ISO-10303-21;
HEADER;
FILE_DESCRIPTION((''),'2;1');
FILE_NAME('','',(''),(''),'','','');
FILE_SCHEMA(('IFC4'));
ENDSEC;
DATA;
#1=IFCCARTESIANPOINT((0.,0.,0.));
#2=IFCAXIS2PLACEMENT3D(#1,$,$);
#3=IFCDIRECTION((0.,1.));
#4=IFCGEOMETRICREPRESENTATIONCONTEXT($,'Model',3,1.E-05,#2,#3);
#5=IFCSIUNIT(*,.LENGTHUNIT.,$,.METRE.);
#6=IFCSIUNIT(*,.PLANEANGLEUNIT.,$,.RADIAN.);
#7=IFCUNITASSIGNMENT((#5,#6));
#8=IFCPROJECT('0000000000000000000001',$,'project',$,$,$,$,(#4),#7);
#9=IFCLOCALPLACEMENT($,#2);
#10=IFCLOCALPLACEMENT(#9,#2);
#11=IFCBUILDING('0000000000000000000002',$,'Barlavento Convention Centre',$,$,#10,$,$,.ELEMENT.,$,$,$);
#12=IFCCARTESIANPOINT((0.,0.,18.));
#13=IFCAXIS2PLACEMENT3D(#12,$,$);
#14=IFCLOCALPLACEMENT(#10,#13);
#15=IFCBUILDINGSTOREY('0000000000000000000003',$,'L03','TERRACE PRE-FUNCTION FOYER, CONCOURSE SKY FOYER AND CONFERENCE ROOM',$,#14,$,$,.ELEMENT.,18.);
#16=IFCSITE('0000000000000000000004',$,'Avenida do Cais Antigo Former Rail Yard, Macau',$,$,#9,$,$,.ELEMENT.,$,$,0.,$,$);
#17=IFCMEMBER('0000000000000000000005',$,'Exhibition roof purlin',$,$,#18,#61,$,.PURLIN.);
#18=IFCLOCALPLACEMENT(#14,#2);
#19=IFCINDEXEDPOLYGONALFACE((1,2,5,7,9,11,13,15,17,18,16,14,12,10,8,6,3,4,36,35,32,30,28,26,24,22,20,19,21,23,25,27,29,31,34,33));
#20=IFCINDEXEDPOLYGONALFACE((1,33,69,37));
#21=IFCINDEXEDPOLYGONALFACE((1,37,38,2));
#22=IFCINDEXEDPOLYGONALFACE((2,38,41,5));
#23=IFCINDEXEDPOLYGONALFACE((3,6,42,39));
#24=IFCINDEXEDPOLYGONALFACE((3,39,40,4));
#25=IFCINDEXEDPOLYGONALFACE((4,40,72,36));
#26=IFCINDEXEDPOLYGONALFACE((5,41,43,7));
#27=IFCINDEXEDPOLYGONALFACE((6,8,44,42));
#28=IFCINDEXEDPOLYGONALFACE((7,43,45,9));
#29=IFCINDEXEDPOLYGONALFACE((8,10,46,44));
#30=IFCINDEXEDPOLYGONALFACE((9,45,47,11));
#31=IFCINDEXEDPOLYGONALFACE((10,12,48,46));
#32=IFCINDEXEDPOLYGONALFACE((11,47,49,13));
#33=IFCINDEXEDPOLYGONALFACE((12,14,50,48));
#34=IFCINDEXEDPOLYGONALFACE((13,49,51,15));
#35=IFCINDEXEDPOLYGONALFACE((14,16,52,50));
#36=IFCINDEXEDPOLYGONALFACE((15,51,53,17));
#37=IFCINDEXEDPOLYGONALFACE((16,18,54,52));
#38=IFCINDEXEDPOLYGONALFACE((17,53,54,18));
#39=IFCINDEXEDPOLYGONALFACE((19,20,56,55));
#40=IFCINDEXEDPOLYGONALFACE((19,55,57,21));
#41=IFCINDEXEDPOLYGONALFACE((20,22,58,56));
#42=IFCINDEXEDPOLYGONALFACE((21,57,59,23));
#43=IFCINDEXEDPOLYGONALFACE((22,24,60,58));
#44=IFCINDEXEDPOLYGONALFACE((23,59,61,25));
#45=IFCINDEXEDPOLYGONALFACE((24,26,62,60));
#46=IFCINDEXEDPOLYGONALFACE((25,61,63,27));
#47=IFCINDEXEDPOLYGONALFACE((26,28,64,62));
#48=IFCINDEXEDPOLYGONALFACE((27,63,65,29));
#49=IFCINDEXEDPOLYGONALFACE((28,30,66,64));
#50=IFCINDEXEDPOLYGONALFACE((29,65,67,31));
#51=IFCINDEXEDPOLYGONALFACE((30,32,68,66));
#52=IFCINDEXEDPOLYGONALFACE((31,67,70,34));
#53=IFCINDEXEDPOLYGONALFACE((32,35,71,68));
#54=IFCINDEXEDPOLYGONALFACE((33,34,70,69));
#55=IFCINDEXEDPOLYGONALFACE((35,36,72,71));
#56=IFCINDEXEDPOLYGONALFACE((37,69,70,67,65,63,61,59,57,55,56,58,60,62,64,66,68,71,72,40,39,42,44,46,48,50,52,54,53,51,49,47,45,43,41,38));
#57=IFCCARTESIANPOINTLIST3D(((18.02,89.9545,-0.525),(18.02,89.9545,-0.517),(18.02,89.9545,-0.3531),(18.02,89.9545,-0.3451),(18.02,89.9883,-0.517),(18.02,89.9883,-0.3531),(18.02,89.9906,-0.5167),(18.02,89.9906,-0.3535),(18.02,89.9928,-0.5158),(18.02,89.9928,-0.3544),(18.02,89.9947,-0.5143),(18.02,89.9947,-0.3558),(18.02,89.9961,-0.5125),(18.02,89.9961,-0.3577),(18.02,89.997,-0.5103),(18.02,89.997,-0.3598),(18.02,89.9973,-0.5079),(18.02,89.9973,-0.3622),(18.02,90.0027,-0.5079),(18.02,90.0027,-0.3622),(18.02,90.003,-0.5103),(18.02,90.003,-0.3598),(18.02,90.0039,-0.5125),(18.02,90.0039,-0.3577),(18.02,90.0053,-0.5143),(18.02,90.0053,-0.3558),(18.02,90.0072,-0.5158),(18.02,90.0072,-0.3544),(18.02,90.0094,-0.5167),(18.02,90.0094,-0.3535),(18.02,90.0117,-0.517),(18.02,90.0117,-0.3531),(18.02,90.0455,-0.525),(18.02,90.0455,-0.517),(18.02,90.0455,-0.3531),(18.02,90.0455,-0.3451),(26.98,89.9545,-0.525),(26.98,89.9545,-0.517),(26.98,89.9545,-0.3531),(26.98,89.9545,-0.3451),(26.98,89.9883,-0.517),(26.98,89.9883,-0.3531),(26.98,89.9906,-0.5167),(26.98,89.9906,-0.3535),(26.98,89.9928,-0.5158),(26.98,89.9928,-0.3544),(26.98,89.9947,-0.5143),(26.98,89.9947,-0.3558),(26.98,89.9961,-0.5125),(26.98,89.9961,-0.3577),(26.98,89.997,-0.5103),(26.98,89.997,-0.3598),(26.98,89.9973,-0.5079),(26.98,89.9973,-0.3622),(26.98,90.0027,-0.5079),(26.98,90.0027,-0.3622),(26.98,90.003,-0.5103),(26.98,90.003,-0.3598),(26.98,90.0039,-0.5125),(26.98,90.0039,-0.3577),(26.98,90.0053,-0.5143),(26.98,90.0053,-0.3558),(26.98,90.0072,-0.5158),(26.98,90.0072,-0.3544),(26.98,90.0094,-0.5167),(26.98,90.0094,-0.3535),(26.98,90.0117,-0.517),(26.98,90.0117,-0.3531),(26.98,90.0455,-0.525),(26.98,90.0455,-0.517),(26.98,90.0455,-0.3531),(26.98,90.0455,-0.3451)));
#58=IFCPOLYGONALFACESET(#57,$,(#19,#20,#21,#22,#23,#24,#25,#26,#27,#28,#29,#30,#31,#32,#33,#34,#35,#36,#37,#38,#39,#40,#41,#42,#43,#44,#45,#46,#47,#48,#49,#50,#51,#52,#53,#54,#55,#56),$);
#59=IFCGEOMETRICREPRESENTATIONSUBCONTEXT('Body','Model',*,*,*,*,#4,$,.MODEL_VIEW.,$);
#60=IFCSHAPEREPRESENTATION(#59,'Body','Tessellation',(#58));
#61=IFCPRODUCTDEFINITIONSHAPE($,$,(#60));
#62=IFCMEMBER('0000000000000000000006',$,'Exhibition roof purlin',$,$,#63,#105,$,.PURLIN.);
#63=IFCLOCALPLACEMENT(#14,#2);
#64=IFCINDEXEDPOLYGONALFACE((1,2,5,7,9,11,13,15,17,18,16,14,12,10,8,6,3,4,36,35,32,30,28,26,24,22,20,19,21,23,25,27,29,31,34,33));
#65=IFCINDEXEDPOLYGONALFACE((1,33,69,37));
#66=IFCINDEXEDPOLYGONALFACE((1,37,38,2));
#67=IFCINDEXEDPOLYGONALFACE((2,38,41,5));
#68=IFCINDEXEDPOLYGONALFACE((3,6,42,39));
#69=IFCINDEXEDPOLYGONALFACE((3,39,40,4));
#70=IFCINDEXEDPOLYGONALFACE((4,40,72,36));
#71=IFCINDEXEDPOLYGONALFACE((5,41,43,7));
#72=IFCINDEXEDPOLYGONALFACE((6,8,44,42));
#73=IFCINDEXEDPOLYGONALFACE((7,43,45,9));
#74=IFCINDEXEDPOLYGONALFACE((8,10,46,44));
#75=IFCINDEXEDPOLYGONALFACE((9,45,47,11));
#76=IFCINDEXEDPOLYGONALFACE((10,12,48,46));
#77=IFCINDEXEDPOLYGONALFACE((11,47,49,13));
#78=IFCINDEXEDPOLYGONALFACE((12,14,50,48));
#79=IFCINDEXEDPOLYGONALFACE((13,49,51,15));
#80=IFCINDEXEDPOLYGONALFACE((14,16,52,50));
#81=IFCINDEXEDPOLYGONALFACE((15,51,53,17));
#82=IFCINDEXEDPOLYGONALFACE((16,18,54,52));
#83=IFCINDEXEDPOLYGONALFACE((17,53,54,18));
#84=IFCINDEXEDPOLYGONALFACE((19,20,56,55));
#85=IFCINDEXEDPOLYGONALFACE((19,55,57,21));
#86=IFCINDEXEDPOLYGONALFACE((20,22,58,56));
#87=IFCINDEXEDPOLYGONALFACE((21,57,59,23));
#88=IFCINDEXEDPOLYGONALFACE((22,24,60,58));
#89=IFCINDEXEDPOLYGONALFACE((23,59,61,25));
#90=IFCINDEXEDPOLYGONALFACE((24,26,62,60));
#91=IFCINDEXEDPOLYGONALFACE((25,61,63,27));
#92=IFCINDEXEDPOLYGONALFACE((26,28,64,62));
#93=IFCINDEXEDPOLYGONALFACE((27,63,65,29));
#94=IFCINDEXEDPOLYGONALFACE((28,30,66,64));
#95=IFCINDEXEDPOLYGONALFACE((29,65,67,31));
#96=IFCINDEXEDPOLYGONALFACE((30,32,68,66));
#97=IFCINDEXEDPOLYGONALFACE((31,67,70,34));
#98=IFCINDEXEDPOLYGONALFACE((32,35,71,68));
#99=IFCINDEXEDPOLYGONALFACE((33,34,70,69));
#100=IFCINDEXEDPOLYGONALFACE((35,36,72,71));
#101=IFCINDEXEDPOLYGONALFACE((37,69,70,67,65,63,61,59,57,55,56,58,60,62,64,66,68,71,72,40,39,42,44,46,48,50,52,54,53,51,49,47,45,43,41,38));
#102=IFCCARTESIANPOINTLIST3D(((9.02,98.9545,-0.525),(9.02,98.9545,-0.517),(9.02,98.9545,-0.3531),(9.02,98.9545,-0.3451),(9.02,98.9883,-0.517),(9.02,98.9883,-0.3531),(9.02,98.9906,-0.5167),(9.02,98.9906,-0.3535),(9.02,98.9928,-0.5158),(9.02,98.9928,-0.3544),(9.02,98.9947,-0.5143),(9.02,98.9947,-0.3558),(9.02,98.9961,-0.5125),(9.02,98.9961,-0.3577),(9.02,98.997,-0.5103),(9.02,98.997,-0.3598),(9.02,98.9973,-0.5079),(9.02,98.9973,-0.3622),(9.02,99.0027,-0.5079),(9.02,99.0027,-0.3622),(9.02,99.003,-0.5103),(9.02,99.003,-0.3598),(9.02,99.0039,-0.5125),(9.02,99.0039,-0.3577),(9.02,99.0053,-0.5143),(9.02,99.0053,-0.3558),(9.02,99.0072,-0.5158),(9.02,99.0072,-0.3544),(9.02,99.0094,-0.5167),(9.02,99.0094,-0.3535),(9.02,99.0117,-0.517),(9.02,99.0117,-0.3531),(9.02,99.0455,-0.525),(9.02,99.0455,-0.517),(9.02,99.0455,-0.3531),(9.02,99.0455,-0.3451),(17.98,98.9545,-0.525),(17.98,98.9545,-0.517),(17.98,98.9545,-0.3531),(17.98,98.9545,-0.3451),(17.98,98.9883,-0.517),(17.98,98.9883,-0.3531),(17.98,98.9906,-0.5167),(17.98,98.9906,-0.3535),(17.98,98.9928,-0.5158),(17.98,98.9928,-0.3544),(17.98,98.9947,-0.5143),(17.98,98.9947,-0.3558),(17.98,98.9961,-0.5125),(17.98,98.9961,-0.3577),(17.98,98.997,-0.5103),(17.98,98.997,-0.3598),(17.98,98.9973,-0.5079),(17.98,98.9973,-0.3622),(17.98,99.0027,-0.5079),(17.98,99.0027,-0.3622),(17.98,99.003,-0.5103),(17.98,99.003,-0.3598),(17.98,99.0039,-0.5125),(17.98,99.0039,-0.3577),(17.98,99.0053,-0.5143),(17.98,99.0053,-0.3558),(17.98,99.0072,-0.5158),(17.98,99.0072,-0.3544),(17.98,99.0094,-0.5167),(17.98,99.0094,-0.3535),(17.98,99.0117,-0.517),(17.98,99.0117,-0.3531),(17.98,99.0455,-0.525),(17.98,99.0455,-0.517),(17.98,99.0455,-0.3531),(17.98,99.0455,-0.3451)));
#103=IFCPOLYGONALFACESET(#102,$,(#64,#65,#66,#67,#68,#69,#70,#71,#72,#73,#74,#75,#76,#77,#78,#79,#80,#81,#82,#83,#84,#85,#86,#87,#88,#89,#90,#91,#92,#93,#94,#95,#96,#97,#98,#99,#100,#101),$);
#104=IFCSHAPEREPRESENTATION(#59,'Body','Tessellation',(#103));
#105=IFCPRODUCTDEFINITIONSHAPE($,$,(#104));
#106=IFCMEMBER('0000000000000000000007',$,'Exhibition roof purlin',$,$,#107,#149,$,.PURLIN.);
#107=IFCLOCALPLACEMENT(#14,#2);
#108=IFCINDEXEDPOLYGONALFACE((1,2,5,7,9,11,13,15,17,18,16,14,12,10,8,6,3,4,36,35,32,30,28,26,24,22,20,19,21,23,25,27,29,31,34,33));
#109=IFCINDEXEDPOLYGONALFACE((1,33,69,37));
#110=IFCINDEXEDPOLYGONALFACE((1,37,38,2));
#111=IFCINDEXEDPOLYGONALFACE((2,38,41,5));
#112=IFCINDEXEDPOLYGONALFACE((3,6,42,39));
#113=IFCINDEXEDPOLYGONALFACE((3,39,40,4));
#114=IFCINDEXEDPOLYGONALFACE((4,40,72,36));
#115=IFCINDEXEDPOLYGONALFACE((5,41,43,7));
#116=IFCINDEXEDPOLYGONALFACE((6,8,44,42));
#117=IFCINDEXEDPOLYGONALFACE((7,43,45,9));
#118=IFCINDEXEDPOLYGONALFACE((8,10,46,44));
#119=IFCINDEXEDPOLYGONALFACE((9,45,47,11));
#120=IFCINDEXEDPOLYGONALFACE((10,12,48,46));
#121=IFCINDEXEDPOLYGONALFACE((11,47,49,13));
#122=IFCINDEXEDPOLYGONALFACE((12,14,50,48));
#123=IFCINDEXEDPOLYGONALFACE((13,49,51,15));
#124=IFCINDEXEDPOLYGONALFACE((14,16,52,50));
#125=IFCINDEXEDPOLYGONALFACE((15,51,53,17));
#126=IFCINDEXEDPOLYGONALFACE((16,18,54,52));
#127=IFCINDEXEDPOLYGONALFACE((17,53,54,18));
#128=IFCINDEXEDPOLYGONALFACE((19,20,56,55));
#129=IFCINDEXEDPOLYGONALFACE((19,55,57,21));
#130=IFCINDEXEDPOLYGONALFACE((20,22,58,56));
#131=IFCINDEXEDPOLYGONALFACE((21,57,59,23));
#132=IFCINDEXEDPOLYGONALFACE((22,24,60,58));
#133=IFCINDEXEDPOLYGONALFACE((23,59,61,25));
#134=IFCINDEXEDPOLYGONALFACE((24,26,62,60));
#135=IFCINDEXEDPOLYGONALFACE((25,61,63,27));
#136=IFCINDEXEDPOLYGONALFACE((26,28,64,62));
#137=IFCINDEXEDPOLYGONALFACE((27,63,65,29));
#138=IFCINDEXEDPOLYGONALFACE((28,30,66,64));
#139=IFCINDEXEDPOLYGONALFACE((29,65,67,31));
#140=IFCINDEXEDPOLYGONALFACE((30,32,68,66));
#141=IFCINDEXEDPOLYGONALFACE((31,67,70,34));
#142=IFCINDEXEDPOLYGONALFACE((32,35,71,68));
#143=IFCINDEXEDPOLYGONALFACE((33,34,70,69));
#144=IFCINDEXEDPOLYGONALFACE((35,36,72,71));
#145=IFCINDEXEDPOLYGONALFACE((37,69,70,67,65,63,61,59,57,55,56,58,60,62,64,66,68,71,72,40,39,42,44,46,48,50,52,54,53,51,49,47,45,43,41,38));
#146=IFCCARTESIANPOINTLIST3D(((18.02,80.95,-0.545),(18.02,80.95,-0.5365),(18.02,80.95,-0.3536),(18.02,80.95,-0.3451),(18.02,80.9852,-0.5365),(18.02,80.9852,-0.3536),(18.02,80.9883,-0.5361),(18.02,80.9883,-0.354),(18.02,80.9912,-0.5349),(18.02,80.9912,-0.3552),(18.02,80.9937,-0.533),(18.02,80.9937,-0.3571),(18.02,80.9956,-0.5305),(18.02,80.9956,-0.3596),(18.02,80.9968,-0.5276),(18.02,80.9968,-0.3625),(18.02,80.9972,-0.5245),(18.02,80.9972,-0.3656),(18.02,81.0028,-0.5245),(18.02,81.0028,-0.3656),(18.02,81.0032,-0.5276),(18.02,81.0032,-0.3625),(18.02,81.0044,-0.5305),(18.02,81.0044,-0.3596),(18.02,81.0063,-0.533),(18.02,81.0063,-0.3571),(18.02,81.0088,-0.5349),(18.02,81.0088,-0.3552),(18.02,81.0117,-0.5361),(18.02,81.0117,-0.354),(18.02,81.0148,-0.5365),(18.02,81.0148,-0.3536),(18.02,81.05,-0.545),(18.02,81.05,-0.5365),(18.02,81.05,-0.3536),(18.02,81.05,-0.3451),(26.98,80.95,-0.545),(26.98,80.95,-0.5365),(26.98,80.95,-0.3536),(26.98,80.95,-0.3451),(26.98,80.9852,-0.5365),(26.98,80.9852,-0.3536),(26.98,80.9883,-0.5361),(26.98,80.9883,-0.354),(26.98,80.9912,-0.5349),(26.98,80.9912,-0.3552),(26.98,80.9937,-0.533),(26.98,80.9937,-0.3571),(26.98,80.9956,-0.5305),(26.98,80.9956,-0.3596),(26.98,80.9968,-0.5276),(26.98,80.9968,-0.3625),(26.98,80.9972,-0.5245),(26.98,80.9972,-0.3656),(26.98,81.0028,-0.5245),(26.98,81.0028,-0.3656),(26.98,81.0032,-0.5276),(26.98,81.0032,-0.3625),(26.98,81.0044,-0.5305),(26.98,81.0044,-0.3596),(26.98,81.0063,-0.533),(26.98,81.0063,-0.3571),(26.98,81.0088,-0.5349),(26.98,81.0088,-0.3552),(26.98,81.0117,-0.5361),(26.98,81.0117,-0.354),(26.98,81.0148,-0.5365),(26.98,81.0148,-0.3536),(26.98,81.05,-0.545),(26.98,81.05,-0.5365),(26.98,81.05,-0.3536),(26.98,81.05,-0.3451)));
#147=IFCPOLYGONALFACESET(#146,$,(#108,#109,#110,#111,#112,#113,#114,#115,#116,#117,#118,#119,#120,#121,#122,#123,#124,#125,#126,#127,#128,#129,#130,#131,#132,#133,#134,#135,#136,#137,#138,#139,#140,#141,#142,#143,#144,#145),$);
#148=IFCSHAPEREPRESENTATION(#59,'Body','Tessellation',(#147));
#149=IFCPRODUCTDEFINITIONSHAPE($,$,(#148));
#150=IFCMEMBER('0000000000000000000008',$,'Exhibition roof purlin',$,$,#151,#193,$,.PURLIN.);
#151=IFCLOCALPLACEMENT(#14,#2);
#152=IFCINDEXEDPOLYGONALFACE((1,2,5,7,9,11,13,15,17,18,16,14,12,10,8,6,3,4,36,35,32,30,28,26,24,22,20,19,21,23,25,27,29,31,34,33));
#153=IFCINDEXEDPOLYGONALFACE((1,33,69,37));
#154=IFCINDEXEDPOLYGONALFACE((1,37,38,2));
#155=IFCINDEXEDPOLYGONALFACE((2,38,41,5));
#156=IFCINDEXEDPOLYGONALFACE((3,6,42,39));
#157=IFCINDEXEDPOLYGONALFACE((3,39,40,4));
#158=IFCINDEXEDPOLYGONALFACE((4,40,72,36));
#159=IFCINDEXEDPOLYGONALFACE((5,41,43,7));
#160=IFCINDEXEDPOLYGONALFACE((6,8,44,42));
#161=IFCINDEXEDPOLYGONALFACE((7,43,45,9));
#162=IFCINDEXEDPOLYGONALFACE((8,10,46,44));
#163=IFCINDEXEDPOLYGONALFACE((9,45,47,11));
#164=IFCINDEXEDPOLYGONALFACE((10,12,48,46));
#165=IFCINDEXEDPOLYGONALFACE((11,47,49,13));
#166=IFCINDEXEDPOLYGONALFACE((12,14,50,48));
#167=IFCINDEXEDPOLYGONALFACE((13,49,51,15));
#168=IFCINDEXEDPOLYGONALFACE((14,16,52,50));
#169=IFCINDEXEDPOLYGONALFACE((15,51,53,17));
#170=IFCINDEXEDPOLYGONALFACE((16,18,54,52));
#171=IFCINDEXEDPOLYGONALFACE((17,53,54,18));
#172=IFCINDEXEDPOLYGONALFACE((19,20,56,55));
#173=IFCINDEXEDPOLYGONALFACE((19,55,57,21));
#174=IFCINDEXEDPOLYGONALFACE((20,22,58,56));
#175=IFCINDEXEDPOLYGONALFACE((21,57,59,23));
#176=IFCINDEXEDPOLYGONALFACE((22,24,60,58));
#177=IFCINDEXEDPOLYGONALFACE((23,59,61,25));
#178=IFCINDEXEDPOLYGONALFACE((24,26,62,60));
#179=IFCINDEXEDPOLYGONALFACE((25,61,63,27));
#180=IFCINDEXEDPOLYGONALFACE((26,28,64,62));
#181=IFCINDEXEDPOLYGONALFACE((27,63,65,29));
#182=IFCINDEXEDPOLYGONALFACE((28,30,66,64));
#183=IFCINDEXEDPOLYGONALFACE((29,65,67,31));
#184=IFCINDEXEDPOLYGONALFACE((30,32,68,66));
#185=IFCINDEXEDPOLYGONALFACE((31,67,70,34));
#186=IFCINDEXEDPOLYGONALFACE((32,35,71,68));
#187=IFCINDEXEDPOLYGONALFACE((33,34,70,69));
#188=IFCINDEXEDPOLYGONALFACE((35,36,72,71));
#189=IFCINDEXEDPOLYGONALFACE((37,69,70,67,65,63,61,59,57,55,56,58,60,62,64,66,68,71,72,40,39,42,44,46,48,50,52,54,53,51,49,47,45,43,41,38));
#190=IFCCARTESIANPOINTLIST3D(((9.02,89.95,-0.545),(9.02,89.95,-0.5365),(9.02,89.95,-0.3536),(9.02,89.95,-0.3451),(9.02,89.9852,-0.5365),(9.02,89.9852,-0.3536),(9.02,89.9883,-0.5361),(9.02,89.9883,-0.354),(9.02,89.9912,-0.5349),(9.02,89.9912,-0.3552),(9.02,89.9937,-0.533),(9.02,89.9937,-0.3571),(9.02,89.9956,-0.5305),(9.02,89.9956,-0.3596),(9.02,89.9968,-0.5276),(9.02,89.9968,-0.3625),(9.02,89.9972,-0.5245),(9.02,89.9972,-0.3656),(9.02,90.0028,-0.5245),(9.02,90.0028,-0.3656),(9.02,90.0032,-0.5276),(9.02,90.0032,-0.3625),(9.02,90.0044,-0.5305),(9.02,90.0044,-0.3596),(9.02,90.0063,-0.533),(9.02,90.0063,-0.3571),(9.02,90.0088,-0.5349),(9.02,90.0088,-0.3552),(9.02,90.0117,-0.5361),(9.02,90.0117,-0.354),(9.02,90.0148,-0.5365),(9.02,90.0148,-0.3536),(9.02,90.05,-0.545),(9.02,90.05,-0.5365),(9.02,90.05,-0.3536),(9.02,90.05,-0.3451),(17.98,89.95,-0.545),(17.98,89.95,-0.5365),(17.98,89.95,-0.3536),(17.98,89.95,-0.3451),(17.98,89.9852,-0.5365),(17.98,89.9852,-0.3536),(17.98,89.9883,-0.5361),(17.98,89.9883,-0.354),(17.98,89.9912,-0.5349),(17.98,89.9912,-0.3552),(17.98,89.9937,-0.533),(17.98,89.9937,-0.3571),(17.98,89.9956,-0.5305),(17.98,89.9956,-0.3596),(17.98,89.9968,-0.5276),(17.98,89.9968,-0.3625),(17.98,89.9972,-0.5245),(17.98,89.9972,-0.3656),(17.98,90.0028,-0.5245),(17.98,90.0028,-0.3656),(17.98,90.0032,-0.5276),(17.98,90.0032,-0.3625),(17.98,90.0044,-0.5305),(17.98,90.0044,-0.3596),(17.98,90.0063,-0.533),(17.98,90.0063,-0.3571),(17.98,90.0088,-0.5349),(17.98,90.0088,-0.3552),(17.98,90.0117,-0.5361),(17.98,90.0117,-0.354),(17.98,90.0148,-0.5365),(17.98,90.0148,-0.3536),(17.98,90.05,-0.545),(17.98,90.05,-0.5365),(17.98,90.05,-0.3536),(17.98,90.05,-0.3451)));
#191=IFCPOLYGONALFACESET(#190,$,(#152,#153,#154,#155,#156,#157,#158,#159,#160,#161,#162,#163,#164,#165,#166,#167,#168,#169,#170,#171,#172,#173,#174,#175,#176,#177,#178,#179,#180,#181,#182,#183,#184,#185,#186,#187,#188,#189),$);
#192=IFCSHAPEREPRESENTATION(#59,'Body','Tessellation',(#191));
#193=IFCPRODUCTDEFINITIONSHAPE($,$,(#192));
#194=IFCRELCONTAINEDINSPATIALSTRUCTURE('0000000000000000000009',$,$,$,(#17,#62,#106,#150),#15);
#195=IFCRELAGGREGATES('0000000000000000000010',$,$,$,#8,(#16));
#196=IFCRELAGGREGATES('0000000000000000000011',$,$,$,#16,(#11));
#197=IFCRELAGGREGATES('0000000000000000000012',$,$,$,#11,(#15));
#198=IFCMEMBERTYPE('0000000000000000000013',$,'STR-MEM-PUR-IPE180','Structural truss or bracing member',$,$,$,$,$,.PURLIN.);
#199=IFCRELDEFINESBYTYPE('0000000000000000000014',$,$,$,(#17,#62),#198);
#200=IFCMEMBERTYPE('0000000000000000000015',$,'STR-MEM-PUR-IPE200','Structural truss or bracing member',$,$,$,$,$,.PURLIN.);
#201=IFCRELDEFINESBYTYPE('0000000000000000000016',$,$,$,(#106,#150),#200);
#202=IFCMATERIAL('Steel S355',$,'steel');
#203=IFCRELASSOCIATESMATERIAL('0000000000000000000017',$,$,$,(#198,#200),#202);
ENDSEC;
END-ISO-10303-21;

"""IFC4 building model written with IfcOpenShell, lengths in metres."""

from ifc_helpers import new_model, si_unit, direction, frame, origin, origin_2d, place, context, subcontext, project, spatial, i_section, extrude, material, material_profile, profile_set, type_object, element, save


model = new_model("IFC4")

# Units and contexts
model_context = context("Model", 3, precision=1e-05, world=origin(), true_north=direction((0.0, 1.0)))
body_context = subcontext(model_context, "Body", "Model", "MODEL_VIEW")
ifc_project = project(units=[si_unit("LENGTHUNIT", "METRE"), si_unit("PLANEANGLEUNIT", "RADIAN")], contexts=[model_context])

# Site, building, storey
site_placement = place(None, origin())
site = spatial("IfcSite", under=ifc_project, at=site_placement, Name="Avenida do Cais Antigo Former Rail Yard, Macau", CompositionType="ELEMENT", RefElevation=0.0)
building_placement = place(site_placement, origin())
building = spatial("IfcBuilding", under=site, at=building_placement, Name="Barlavento Convention Centre", CompositionType="ELEMENT")
storey_placement = place(building_placement, frame((0.0, 0.0, 18.0)))
storey = spatial("IfcBuildingStorey", under=building, at=storey_placement, Name="L03", Description="TERRACE PRE-FUNCTION FOYER, CONCOURSE SKY FOYER AND CONFERENCE ROOM", CompositionType="ELEMENT", Elevation=18.0)

# Shared definitions
ifc_material_1 = material(Name="Steel S355", Category="steel")

# Members
ifc_material_profile_1 = material_profile(ifc_material_1, i_section(OverallWidth=0.0911, OverallDepth=0.1799, WebThickness=0.0054, FlangeThickness=0.0081, FilletRadius=0.009, at=origin_2d()), Name="IPE 180")
ifc_profile_set_1 = profile_set([ifc_material_profile_1], Name="Steel S355")
member_type_1 = type_object("IfcMemberType", Name="STR-MEM-PUR-IPE180", Description="Structural truss or bracing member", PredefinedType="PURLIN", material=ifc_profile_set_1)
for number, where, z_axis, x_axis, name in (
    (1, (18.02, 90.0, -0.4351), (1.0, 0.0, 0.0), (0.0, 1.0, 0.0), "Exhibition roof purlin"),
    (2, (9.02, 99.0, -0.4351), (1.0, 0.0, 0.0), (0.0, 1.0, 0.0), "Exhibition roof purlin"),
):
    element("IfcMember", number, at=place(storey_placement, frame(where, z_axis=z_axis, x_axis=x_axis)), inside=storey, type_object=member_type_1, Name=name, PredefinedType="PURLIN", context=body_context, shape_type="SweptSolid", body=[
        extrude(i_section(OverallWidth=0.0911, OverallDepth=0.1799, WebThickness=0.0054, FlangeThickness=0.0081, FilletRadius=0.009, at=origin_2d()), origin(), (0.0, 0.0, 1.0), 8.96),
    ])
ifc_material_profile_2 = material_profile(ifc_material_1, i_section(OverallWidth=0.1001, OverallDepth=0.2, WebThickness=0.0056, FlangeThickness=0.0085, FilletRadius=0.012, at=origin_2d()), Name="IPE 200")
ifc_profile_set_2 = profile_set([ifc_material_profile_2], Name="Steel S355")
member_type_2 = type_object("IfcMemberType", Name="STR-MEM-PUR-IPE200", Description="Structural truss or bracing member", PredefinedType="PURLIN", material=ifc_profile_set_2)
for number, where, z_axis, x_axis, name in (
    (3, (18.02, 81.0, -0.4451), (1.0, 0.0, 0.0), (0.0, 1.0, 0.0), "Exhibition roof purlin"),
    (4, (9.02, 90.0, -0.4451), (1.0, 0.0, 0.0), (0.0, 1.0, 0.0), "Exhibition roof purlin"),
):
    element("IfcMember", number, at=place(storey_placement, frame(where, z_axis=z_axis, x_axis=x_axis)), inside=storey, type_object=member_type_2, Name=name, PredefinedType="PURLIN", context=body_context, shape_type="SweptSolid", body=[
        extrude(i_section(OverallWidth=0.1001, OverallDepth=0.2, WebThickness=0.0056, FlangeThickness=0.0085, FilletRadius=0.012, at=origin_2d()), origin(), (0.0, 0.0, 1.0), 8.96),
    ])

save(model, "model.ifc")
